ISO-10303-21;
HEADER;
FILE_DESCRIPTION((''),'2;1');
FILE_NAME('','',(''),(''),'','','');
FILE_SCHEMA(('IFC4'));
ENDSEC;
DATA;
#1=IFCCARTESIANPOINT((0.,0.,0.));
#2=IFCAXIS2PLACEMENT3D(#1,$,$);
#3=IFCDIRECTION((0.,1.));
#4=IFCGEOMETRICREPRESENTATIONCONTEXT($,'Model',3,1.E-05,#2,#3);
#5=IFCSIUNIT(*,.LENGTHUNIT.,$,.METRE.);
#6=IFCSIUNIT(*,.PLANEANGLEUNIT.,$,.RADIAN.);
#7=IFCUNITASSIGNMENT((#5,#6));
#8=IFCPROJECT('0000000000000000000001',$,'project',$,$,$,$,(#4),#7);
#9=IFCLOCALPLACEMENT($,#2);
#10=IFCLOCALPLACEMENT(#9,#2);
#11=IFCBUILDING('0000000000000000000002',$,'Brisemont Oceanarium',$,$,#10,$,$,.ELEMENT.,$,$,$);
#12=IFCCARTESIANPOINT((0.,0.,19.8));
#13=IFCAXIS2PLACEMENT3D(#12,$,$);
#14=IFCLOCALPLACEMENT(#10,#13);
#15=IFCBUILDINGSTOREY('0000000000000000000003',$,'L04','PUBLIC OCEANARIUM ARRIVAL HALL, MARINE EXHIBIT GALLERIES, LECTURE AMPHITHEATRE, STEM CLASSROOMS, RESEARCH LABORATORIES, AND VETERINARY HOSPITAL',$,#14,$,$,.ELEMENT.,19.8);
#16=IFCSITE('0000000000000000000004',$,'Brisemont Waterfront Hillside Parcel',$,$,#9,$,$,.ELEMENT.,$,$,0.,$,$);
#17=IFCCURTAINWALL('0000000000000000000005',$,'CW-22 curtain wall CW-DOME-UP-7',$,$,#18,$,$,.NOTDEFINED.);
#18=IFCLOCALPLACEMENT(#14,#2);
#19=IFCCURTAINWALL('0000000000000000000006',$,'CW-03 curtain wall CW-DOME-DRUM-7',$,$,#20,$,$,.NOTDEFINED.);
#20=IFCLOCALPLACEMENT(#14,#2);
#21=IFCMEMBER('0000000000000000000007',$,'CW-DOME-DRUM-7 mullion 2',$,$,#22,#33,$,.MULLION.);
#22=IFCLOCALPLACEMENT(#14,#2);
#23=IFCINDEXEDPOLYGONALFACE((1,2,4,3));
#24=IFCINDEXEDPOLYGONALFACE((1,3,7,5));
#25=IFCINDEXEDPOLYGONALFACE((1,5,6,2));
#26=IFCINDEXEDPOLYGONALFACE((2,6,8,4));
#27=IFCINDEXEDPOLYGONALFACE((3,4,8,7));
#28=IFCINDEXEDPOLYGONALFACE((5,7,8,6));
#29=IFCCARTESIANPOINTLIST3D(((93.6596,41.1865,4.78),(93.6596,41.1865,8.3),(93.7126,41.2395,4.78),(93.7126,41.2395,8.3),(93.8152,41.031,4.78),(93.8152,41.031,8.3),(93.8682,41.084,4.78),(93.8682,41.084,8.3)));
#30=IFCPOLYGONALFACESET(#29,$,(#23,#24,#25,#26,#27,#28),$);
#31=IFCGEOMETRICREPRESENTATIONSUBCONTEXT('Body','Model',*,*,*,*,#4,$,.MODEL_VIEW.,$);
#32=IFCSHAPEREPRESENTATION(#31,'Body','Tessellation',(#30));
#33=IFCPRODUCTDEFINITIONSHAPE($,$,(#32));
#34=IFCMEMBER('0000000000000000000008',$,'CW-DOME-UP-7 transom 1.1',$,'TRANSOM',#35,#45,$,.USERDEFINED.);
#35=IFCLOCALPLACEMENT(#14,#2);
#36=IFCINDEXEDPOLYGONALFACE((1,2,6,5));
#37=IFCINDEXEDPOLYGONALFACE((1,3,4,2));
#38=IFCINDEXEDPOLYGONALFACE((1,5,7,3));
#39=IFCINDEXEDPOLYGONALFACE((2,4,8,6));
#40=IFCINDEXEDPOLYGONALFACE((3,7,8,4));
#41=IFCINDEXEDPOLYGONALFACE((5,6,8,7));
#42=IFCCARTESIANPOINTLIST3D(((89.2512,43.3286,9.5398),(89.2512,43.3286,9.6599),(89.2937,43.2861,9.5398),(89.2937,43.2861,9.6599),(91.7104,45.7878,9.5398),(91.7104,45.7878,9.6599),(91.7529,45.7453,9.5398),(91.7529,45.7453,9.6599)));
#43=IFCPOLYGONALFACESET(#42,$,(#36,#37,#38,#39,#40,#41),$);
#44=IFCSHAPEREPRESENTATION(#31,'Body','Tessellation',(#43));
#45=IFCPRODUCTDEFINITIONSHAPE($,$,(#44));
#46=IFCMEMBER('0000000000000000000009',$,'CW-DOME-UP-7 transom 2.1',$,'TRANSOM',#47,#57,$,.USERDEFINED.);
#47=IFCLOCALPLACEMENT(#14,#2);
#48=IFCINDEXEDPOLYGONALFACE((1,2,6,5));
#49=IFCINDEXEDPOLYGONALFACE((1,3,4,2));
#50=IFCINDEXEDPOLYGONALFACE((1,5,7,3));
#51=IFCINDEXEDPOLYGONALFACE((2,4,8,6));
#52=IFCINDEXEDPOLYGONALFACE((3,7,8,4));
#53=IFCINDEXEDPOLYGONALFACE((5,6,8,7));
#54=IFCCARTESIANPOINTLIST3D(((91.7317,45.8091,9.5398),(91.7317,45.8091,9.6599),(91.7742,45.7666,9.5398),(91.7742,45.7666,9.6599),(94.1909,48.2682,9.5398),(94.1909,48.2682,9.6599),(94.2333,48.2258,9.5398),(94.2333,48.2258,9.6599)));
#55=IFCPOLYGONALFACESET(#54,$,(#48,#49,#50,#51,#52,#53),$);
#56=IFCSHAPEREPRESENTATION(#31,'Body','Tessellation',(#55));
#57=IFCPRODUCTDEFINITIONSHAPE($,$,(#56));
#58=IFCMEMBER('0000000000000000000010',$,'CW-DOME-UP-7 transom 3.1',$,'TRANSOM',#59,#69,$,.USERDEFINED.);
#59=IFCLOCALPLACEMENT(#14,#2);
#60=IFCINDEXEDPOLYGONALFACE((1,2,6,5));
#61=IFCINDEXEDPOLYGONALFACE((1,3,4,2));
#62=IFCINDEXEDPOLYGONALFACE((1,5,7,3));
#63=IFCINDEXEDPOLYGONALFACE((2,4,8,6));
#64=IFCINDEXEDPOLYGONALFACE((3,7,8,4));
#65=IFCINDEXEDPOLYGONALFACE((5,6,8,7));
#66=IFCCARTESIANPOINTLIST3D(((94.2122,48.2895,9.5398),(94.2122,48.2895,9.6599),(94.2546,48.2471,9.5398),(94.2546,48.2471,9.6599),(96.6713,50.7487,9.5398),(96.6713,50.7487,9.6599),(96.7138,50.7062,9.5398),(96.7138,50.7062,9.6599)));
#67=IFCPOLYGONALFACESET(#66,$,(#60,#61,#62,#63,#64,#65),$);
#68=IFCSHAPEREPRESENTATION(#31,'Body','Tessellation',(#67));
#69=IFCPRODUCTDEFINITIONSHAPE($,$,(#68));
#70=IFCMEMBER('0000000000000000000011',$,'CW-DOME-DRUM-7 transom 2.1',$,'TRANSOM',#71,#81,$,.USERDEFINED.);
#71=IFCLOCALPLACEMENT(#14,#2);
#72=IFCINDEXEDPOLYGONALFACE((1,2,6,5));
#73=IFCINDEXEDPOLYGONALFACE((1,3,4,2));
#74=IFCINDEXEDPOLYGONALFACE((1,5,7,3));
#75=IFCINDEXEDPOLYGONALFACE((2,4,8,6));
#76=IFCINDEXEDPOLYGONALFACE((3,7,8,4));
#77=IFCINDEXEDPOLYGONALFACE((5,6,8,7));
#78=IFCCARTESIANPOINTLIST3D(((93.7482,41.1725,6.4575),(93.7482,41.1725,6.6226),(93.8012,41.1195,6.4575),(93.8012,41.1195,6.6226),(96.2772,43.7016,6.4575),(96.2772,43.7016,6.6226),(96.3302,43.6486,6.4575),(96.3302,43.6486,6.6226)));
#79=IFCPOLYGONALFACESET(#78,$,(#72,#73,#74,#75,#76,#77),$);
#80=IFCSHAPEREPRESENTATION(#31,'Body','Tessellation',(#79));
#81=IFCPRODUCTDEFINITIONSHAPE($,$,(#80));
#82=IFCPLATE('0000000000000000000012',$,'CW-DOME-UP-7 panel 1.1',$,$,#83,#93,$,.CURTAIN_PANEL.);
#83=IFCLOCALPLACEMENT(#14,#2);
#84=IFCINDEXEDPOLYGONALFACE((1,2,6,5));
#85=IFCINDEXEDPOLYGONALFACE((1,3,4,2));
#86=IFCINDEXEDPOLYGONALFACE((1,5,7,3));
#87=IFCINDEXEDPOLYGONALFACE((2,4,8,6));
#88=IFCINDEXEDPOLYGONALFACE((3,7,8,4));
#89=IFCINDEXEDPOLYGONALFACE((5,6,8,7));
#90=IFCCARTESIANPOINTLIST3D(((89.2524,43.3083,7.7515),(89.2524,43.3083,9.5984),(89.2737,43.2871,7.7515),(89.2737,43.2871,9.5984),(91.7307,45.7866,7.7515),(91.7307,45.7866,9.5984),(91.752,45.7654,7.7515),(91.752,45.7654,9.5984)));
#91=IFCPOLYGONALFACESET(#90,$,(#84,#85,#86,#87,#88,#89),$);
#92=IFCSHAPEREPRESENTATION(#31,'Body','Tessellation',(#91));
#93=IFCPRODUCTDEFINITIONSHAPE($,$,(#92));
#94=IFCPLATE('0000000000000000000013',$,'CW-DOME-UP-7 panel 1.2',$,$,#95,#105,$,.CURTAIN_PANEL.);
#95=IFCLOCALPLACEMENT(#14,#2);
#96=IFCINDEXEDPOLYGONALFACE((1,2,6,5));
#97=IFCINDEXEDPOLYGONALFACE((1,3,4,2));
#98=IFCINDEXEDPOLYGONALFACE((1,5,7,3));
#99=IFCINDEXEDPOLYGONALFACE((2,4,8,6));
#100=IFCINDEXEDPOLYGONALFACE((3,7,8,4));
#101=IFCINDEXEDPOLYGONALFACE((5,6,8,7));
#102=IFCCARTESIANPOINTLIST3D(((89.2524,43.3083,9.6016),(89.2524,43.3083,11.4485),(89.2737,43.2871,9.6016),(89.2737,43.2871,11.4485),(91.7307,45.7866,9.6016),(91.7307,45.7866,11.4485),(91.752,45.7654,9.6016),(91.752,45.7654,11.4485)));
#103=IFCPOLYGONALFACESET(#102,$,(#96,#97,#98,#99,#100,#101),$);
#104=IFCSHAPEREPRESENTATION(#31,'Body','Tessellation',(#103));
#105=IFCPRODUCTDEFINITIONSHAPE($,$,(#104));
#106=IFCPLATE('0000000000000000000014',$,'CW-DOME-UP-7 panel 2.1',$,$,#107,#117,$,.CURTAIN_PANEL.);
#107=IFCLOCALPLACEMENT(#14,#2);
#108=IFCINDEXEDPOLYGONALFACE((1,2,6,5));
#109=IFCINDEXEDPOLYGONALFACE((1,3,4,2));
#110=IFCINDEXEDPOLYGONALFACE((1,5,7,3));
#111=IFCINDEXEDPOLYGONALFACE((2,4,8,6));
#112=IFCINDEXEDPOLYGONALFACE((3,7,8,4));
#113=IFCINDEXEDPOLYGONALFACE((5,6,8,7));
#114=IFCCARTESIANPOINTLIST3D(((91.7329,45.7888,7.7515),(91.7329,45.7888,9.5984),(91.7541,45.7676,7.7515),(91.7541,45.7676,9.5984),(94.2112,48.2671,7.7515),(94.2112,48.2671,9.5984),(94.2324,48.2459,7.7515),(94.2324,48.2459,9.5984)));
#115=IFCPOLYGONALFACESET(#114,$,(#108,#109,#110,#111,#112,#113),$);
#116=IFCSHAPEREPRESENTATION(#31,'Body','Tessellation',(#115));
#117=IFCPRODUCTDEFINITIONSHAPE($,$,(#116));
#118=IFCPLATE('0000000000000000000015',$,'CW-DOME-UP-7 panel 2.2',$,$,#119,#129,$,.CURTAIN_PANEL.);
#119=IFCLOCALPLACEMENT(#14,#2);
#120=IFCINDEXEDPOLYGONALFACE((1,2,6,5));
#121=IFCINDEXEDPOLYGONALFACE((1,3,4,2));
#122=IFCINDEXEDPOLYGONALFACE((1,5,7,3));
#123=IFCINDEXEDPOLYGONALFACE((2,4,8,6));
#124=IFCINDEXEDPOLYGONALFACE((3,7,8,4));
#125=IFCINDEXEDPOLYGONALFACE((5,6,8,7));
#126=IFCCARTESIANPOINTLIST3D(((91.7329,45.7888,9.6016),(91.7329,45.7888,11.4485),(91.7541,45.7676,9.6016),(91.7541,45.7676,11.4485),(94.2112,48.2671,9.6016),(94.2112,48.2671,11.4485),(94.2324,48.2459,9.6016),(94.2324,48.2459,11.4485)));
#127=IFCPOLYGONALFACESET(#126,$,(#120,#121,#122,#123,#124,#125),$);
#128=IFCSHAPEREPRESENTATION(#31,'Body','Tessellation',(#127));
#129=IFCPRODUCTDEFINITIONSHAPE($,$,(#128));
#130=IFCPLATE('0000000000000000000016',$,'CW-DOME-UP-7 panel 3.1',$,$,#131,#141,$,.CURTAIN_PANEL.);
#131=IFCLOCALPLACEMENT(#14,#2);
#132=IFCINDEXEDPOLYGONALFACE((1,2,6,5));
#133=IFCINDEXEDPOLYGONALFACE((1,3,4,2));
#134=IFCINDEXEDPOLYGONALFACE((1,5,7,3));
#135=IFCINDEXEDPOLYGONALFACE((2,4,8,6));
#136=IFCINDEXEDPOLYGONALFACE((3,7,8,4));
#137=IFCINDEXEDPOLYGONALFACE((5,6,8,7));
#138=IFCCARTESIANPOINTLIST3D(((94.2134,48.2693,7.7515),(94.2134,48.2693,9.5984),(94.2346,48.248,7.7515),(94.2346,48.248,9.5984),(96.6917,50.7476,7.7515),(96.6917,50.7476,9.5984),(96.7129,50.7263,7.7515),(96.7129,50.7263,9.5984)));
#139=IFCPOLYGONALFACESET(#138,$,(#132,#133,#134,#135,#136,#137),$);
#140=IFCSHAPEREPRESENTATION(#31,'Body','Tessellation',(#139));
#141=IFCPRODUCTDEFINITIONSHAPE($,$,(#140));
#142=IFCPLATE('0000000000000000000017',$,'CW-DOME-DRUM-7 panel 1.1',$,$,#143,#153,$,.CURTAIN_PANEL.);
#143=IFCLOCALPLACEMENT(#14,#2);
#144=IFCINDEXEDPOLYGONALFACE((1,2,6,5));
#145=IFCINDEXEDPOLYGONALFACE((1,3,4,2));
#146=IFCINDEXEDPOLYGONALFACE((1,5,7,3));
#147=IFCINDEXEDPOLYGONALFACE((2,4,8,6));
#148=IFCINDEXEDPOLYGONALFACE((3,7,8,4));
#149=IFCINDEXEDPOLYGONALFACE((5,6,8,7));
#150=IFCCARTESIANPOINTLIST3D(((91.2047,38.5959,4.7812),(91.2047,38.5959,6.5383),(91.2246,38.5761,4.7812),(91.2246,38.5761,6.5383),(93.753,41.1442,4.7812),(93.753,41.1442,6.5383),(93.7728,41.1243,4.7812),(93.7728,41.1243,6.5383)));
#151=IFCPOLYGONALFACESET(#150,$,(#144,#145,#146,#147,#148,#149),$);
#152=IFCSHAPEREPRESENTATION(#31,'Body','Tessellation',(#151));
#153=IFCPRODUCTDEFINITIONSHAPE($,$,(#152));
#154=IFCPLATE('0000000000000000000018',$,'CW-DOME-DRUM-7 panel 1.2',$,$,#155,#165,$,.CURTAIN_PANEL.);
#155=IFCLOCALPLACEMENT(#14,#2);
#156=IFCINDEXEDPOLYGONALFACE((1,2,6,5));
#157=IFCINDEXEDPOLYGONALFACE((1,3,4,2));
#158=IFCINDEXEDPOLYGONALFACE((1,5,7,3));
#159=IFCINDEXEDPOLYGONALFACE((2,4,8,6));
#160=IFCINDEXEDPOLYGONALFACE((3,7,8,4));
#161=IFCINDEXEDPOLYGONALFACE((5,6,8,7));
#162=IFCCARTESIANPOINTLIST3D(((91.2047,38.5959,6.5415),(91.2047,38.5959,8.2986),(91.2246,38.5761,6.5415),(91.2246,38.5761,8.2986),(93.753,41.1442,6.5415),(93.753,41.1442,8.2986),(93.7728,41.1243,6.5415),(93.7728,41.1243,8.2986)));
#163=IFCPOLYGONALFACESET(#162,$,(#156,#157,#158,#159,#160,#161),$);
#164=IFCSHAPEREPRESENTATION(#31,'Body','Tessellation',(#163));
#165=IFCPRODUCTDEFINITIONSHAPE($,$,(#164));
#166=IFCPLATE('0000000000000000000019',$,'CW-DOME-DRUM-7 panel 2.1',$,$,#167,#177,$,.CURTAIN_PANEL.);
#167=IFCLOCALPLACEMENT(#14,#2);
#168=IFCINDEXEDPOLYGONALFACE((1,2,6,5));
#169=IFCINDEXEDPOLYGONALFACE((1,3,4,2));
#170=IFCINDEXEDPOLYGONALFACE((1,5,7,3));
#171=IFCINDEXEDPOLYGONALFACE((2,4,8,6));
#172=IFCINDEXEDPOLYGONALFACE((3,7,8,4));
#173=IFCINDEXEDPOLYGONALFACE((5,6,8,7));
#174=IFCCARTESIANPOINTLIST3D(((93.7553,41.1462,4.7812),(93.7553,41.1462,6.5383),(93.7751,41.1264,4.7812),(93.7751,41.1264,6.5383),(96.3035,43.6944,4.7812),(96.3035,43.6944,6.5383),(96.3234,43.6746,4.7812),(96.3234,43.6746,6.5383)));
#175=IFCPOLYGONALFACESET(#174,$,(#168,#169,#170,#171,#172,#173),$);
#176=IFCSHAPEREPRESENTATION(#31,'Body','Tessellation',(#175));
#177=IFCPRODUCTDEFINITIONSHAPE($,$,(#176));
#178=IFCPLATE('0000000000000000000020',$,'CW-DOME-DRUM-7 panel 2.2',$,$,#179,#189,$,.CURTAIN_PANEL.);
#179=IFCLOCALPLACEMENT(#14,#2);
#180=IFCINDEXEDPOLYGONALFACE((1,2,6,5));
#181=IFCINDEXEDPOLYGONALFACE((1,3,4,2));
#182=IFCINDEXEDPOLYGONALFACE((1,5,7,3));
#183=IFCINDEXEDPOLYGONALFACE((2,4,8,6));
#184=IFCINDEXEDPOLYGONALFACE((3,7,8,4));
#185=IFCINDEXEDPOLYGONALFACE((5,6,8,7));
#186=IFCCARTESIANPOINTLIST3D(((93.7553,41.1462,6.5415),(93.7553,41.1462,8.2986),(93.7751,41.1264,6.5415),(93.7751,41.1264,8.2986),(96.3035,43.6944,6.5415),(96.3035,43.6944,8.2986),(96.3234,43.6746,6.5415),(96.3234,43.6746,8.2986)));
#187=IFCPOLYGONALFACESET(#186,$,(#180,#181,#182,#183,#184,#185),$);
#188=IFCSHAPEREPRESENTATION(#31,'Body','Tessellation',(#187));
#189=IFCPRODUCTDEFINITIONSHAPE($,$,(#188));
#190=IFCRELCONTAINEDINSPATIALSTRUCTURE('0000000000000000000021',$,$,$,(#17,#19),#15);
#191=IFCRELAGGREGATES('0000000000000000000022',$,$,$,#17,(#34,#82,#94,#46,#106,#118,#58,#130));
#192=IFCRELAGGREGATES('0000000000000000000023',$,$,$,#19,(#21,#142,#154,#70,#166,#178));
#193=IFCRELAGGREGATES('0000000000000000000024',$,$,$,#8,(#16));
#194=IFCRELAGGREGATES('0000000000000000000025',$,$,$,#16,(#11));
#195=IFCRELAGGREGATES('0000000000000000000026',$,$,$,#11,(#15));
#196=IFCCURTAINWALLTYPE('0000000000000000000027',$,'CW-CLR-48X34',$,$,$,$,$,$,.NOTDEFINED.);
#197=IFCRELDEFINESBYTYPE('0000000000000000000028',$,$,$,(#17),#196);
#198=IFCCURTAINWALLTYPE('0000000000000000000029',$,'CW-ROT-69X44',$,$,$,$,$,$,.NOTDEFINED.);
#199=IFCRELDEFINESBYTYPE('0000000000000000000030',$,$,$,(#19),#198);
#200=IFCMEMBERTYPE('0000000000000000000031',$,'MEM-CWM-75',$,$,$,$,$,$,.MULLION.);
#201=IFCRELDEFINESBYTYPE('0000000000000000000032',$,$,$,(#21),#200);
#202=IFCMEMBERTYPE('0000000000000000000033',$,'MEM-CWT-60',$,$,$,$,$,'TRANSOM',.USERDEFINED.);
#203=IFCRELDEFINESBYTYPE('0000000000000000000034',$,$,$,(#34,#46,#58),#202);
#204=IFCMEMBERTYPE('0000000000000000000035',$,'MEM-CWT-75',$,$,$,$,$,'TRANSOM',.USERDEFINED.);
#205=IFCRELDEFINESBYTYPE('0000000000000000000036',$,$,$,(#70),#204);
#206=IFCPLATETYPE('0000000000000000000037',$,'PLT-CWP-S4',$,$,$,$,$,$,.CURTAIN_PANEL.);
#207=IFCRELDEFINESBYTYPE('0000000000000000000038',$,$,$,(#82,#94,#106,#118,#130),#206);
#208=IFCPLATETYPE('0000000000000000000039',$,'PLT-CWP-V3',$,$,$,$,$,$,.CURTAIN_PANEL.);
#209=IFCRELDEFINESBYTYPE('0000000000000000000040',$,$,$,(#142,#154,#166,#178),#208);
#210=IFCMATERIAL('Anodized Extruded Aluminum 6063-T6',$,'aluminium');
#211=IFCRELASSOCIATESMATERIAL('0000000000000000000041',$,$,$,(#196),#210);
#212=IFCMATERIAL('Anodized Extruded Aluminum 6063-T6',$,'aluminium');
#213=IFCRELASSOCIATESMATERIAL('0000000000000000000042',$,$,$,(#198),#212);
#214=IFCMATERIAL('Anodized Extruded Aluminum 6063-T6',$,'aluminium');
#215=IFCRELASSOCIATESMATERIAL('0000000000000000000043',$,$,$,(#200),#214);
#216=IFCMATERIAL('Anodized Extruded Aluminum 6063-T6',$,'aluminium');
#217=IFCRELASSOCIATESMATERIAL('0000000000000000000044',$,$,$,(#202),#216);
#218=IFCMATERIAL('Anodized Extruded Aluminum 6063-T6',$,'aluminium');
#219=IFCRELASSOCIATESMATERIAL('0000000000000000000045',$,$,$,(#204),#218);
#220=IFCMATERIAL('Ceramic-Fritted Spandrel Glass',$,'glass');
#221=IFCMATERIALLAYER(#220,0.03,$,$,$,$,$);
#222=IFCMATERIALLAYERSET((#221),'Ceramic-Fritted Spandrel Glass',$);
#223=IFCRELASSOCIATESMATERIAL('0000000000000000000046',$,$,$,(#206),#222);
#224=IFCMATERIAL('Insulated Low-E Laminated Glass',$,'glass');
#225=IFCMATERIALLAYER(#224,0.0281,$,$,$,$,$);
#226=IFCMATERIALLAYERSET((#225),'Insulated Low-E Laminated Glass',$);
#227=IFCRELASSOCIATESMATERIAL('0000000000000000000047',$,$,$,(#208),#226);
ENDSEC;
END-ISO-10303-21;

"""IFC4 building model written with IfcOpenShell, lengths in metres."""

from ifc_helpers import new_model, si_unit, direction, frame, origin, origin_2d, place, context, subcontext, project, spatial, rectangle, extrude, material, layer, layer_set, material_profile, profile_set, type_object, element, aggregate, save


model = new_model("IFC4")

# Units and contexts
model_context = context("Model", 3, precision=1e-05, world=origin(), true_north=direction((0.0, 1.0)))
body_context = subcontext(model_context, "Body", "Model", "MODEL_VIEW")
ifc_project = project(units=[si_unit("LENGTHUNIT", "METRE"), si_unit("PLANEANGLEUNIT", "RADIAN")], contexts=[model_context])

# Site, building, storey
site_placement = place(None, origin())
site = spatial("IfcSite", under=ifc_project, at=site_placement, Name="Brisemont Waterfront Hillside Parcel", CompositionType="ELEMENT", RefElevation=0.0)
building_placement = place(site_placement, origin())
building = spatial("IfcBuilding", under=site, at=building_placement, Name="Brisemont Oceanarium", CompositionType="ELEMENT")
storey_placement = place(building_placement, frame((0.0, 0.0, 19.8)))
storey = spatial("IfcBuildingStorey", under=building, at=storey_placement, Name="L04", Description="PUBLIC OCEANARIUM ARRIVAL HALL, MARINE EXHIBIT GALLERIES, LECTURE AMPHITHEATRE, STEM CLASSROOMS, RESEARCH LABORATORIES, AND VETERINARY HOSPITAL", CompositionType="ELEMENT", Elevation=19.8)

# Shared definitions
ifc_material_1 = material(Name="Anodized Extruded Aluminum 6063-T6", Category="aluminium")
curtain_wall_type_1 = type_object("IfcCurtainWallType", Name="CW-CLR-48X34", PredefinedType="NOTDEFINED", material=ifc_material_1)

# Curtain wall
curtain_wall_1_placement = place(storey_placement, origin())
curtain_wall_1 = element("IfcCurtainWall", 1, at=curtain_wall_1_placement, inside=storey, type_object=curtain_wall_type_1, Name="CW-22 curtain wall CW-DOME-UP-7", PredefinedType="NOTDEFINED")

# Curtain wall, member
ifc_material_2 = material(Name="Anodized Extruded Aluminum 6063-T6", Category="aluminium")
curtain_wall_type_2 = type_object("IfcCurtainWallType", Name="CW-ROT-69X44", PredefinedType="NOTDEFINED", material=ifc_material_2)
curtain_wall_2_placement = place(storey_placement, origin())
curtain_wall_2 = element("IfcCurtainWall", 2, at=curtain_wall_2_placement, inside=storey, type_object=curtain_wall_type_2, Name="CW-03 curtain wall CW-DOME-DRUM-7", PredefinedType="NOTDEFINED")
ifc_material_3 = material(Name="Anodized Extruded Aluminum 6063-T6", Category="aluminium")
ifc_material_profile_1 = material_profile(ifc_material_3, rectangle(XDim=0.075, YDim=0.22, at=origin_2d()), Name="CWM-75X220")
ifc_profile_set_1 = profile_set([ifc_material_profile_1], Name="Anodized Extruded Aluminum 6063-T6")
member_type_1 = type_object("IfcMemberType", Name="MEM-CWM-75", PredefinedType="MULLION", material=ifc_profile_set_1)
member_1_placement = place(storey_placement, frame((93.7639, 41.1353, 4.78), z_axis=(0.0, 0.0, 1.0), x_axis=(0.707107, 0.707107, 0.0)))
member_1 = element("IfcMember", 3, at=member_1_placement, type_object=member_type_1, Name="CW-DOME-DRUM-7 mullion 2", PredefinedType="MULLION", context=body_context, shape_type="SweptSolid", body=[
    extrude(rectangle(XDim=0.075, YDim=0.22, at=origin_2d()), origin(), (0.0, 0.0, 1.0), 3.52),
])

# Members
ifc_material_4 = material(Name="Anodized Extruded Aluminum 6063-T6", Category="aluminium")
ifc_material_profile_2 = material_profile(ifc_material_4, rectangle(XDim=0.0601, YDim=0.1201, at=origin_2d()), Name="CWT-60X120")
ifc_profile_set_2 = profile_set([ifc_material_profile_2], Name="Anodized Extruded Aluminum 6063-T6")
member_type_2 = type_object("IfcMemberType", Name="MEM-CWT-60", ElementType="TRANSOM", PredefinedType="USERDEFINED", material=ifc_profile_set_2)
member_2_placement = place(storey_placement, frame((89.2725, 43.3074, 9.5999), z_axis=(0.707107, 0.707107, 0.0), x_axis=(-0.707107, 0.707107, 0.0)))
member_2 = element("IfcMember", 4, at=member_2_placement, type_object=member_type_2, Name="CW-DOME-UP-7 transom 1.1", ObjectType="TRANSOM", PredefinedType="USERDEFINED", context=body_context, shape_type="SweptSolid", body=[
    extrude(rectangle(XDim=0.0601, YDim=0.1201, at=origin_2d()), origin(), (0.0, 0.0, 1.0), 3.4778),
])
member_3_placement = place(storey_placement, frame((91.7529, 45.7878, 9.5999), z_axis=(0.707107, 0.707107, 0.0), x_axis=(-0.707107, 0.707107, 0.0)))
member_3 = element("IfcMember", 5, at=member_3_placement, type_object=member_type_2, Name="CW-DOME-UP-7 transom 2.1", ObjectType="TRANSOM", PredefinedType="USERDEFINED", context=body_context, shape_type="SweptSolid", body=[
    extrude(rectangle(XDim=0.0601, YDim=0.1201, at=origin_2d()), origin(), (0.0, 0.0, 1.0), 3.4778),
])
member_4_placement = place(storey_placement, frame((94.2334, 48.2683, 9.5999), z_axis=(0.707107, 0.707107, 0.0), x_axis=(-0.707107, 0.707107, 0.0)))
member_4 = element("IfcMember", 6, at=member_4_placement, type_object=member_type_2, Name="CW-DOME-UP-7 transom 3.1", ObjectType="TRANSOM", PredefinedType="USERDEFINED", context=body_context, shape_type="SweptSolid", body=[
    extrude(rectangle(XDim=0.0601, YDim=0.1201, at=origin_2d()), origin(), (0.0, 0.0, 1.0), 3.4778),
])
ifc_material_5 = material(Name="Anodized Extruded Aluminum 6063-T6", Category="aluminium")
ifc_material_profile_3 = material_profile(ifc_material_5, rectangle(XDim=0.075, YDim=0.165, at=origin_2d()), Name="CWT-75X165")
ifc_profile_set_3 = profile_set([ifc_material_profile_3], Name="Anodized Extruded Aluminum 6063-T6")
member_type_3 = type_object("IfcMemberType", Name="MEM-CWT-75", ElementType="TRANSOM", PredefinedType="USERDEFINED", material=ifc_profile_set_3)
member_5_placement = place(storey_placement, frame((93.7747, 41.146, 6.54), z_axis=(0.707107, 0.707107, 0.0), x_axis=(-0.707107, 0.707107, 0.0)))
member_5 = element("IfcMember", 7, at=member_5_placement, type_object=member_type_3, Name="CW-DOME-DRUM-7 transom 2.1", ObjectType="TRANSOM", PredefinedType="USERDEFINED", context=body_context, shape_type="SweptSolid", body=[
    extrude(rectangle(XDim=0.075, YDim=0.165, at=origin_2d()), origin(), (0.0, 0.0, 1.0), 3.5767),
])

# Plates
ifc_material_6 = material(Name="Ceramic-Fritted Spandrel Glass", Category="glass")
ifc_layer_1 = layer(ifc_material_6, 0.03)
ifc_layer_set_1 = layer_set([ifc_layer_1], Name="Ceramic-Fritted Spandrel Glass")
plate_type_1 = type_object("IfcPlateType", Name="PLT-CWP-S4", PredefinedType="CURTAIN_PANEL", material=ifc_layer_set_1)
plate_1_placement = place(storey_placement, frame((90.5022, 44.5369, 7.7515), z_axis=(0.0, 0.0, 1.0), x_axis=(0.707107, 0.707107, 0.0)))
plate_1 = element("IfcPlate", 8, at=plate_1_placement, type_object=plate_type_1, Name="CW-DOME-UP-7 panel 1.1", PredefinedType="CURTAIN_PANEL", context=body_context, shape_type="SweptSolid", body=[
    extrude(rectangle(XDim=3.5049, YDim=0.03, at=origin_2d()), origin(), (0.0, 0.0, 1.0), 1.8469),
])
plate_2_placement = place(storey_placement, frame((90.5022, 44.5369, 9.6016), z_axis=(0.0, 0.0, 1.0), x_axis=(0.707107, 0.707107, 0.0)))
plate_2 = element("IfcPlate", 9, at=plate_2_placement, type_object=plate_type_1, Name="CW-DOME-UP-7 panel 1.2", PredefinedType="CURTAIN_PANEL", context=body_context, shape_type="SweptSolid", body=[
    extrude(rectangle(XDim=3.5049, YDim=0.03, at=origin_2d()), origin(), (0.0, 0.0, 1.0), 1.8469),
])
plate_3_placement = place(storey_placement, frame((92.9827, 47.0173, 7.7515), z_axis=(0.0, 0.0, 1.0), x_axis=(0.707107, 0.707107, 0.0)))
plate_3 = element("IfcPlate", 10, at=plate_3_placement, type_object=plate_type_1, Name="CW-DOME-UP-7 panel 2.1", PredefinedType="CURTAIN_PANEL", context=body_context, shape_type="SweptSolid", body=[
    extrude(rectangle(XDim=3.5049, YDim=0.03, at=origin_2d()), origin(), (0.0, 0.0, 1.0), 1.8469),
])
plate_4_placement = place(storey_placement, frame((92.9827, 47.0173, 9.6016), z_axis=(0.0, 0.0, 1.0), x_axis=(0.707107, 0.707107, 0.0)))
plate_4 = element("IfcPlate", 11, at=plate_4_placement, type_object=plate_type_1, Name="CW-DOME-UP-7 panel 2.2", PredefinedType="CURTAIN_PANEL", context=body_context, shape_type="SweptSolid", body=[
    extrude(rectangle(XDim=3.5049, YDim=0.03, at=origin_2d()), origin(), (0.0, 0.0, 1.0), 1.8469),
])
plate_5_placement = place(storey_placement, frame((95.4631, 49.4978, 7.7515), z_axis=(0.0, 0.0, 1.0), x_axis=(0.707107, 0.707107, 0.0)))
plate_5 = element("IfcPlate", 12, at=plate_5_placement, type_object=plate_type_1, Name="CW-DOME-UP-7 panel 3.1", PredefinedType="CURTAIN_PANEL", context=body_context, shape_type="SweptSolid", body=[
    extrude(rectangle(XDim=3.5049, YDim=0.03, at=origin_2d()), origin(), (0.0, 0.0, 1.0), 1.8469),
])
aggregate(curtain_wall_1, [member_2, plate_1, plate_2, member_3, plate_3, plate_4, member_4, plate_5])
ifc_material_7 = material(Name="Insulated Low-E Laminated Glass", Category="glass")
ifc_layer_2 = layer(ifc_material_7, 0.0281)
ifc_layer_set_2 = layer_set([ifc_layer_2], Name="Insulated Low-E Laminated Glass")
plate_type_2 = type_object("IfcPlateType", Name="PLT-CWP-V3", PredefinedType="CURTAIN_PANEL", material=ifc_layer_set_2)
plate_6_placement = place(storey_placement, frame((92.4888, 39.8601, 4.7812), z_axis=(0.0, 0.0, 1.0), x_axis=(0.707107, 0.707107, 0.0)))
plate_6 = element("IfcPlate", 13, at=plate_6_placement, type_object=plate_type_2, Name="CW-DOME-DRUM-7 panel 1.1", PredefinedType="CURTAIN_PANEL", context=body_context, shape_type="SweptSolid", body=[
    extrude(rectangle(XDim=3.6038, YDim=0.0281, at=origin_2d()), origin(), (0.0, 0.0, 1.0), 1.7571),
])
plate_7_placement = place(storey_placement, frame((92.4888, 39.8601, 6.5415), z_axis=(0.0, 0.0, 1.0), x_axis=(0.707107, 0.707107, 0.0)))
plate_7 = element("IfcPlate", 14, at=plate_7_placement, type_object=plate_type_2, Name="CW-DOME-DRUM-7 panel 1.2", PredefinedType="CURTAIN_PANEL", context=body_context, shape_type="SweptSolid", body=[
    extrude(rectangle(XDim=3.6038, YDim=0.0281, at=origin_2d()), origin(), (0.0, 0.0, 1.0), 1.7571),
])
plate_8_placement = place(storey_placement, frame((95.0393, 42.4104, 4.7812), z_axis=(0.0, 0.0, 1.0), x_axis=(0.707107, 0.707107, 0.0)))
plate_8 = element("IfcPlate", 15, at=plate_8_placement, type_object=plate_type_2, Name="CW-DOME-DRUM-7 panel 2.1", PredefinedType="CURTAIN_PANEL", context=body_context, shape_type="SweptSolid", body=[
    extrude(rectangle(XDim=3.6038, YDim=0.0281, at=origin_2d()), origin(), (0.0, 0.0, 1.0), 1.7571),
])
plate_9_placement = place(storey_placement, frame((95.0393, 42.4104, 6.5415), z_axis=(0.0, 0.0, 1.0), x_axis=(0.707107, 0.707107, 0.0)))
plate_9 = element("IfcPlate", 16, at=plate_9_placement, type_object=plate_type_2, Name="CW-DOME-DRUM-7 panel 2.2", PredefinedType="CURTAIN_PANEL", context=body_context, shape_type="SweptSolid", body=[
    extrude(rectangle(XDim=3.6038, YDim=0.0281, at=origin_2d()), origin(), (0.0, 0.0, 1.0), 1.7571),
])
aggregate(curtain_wall_2, [member_1, plate_6, plate_7, member_5, plate_8, plate_9])

save(model, "model.ifc")
